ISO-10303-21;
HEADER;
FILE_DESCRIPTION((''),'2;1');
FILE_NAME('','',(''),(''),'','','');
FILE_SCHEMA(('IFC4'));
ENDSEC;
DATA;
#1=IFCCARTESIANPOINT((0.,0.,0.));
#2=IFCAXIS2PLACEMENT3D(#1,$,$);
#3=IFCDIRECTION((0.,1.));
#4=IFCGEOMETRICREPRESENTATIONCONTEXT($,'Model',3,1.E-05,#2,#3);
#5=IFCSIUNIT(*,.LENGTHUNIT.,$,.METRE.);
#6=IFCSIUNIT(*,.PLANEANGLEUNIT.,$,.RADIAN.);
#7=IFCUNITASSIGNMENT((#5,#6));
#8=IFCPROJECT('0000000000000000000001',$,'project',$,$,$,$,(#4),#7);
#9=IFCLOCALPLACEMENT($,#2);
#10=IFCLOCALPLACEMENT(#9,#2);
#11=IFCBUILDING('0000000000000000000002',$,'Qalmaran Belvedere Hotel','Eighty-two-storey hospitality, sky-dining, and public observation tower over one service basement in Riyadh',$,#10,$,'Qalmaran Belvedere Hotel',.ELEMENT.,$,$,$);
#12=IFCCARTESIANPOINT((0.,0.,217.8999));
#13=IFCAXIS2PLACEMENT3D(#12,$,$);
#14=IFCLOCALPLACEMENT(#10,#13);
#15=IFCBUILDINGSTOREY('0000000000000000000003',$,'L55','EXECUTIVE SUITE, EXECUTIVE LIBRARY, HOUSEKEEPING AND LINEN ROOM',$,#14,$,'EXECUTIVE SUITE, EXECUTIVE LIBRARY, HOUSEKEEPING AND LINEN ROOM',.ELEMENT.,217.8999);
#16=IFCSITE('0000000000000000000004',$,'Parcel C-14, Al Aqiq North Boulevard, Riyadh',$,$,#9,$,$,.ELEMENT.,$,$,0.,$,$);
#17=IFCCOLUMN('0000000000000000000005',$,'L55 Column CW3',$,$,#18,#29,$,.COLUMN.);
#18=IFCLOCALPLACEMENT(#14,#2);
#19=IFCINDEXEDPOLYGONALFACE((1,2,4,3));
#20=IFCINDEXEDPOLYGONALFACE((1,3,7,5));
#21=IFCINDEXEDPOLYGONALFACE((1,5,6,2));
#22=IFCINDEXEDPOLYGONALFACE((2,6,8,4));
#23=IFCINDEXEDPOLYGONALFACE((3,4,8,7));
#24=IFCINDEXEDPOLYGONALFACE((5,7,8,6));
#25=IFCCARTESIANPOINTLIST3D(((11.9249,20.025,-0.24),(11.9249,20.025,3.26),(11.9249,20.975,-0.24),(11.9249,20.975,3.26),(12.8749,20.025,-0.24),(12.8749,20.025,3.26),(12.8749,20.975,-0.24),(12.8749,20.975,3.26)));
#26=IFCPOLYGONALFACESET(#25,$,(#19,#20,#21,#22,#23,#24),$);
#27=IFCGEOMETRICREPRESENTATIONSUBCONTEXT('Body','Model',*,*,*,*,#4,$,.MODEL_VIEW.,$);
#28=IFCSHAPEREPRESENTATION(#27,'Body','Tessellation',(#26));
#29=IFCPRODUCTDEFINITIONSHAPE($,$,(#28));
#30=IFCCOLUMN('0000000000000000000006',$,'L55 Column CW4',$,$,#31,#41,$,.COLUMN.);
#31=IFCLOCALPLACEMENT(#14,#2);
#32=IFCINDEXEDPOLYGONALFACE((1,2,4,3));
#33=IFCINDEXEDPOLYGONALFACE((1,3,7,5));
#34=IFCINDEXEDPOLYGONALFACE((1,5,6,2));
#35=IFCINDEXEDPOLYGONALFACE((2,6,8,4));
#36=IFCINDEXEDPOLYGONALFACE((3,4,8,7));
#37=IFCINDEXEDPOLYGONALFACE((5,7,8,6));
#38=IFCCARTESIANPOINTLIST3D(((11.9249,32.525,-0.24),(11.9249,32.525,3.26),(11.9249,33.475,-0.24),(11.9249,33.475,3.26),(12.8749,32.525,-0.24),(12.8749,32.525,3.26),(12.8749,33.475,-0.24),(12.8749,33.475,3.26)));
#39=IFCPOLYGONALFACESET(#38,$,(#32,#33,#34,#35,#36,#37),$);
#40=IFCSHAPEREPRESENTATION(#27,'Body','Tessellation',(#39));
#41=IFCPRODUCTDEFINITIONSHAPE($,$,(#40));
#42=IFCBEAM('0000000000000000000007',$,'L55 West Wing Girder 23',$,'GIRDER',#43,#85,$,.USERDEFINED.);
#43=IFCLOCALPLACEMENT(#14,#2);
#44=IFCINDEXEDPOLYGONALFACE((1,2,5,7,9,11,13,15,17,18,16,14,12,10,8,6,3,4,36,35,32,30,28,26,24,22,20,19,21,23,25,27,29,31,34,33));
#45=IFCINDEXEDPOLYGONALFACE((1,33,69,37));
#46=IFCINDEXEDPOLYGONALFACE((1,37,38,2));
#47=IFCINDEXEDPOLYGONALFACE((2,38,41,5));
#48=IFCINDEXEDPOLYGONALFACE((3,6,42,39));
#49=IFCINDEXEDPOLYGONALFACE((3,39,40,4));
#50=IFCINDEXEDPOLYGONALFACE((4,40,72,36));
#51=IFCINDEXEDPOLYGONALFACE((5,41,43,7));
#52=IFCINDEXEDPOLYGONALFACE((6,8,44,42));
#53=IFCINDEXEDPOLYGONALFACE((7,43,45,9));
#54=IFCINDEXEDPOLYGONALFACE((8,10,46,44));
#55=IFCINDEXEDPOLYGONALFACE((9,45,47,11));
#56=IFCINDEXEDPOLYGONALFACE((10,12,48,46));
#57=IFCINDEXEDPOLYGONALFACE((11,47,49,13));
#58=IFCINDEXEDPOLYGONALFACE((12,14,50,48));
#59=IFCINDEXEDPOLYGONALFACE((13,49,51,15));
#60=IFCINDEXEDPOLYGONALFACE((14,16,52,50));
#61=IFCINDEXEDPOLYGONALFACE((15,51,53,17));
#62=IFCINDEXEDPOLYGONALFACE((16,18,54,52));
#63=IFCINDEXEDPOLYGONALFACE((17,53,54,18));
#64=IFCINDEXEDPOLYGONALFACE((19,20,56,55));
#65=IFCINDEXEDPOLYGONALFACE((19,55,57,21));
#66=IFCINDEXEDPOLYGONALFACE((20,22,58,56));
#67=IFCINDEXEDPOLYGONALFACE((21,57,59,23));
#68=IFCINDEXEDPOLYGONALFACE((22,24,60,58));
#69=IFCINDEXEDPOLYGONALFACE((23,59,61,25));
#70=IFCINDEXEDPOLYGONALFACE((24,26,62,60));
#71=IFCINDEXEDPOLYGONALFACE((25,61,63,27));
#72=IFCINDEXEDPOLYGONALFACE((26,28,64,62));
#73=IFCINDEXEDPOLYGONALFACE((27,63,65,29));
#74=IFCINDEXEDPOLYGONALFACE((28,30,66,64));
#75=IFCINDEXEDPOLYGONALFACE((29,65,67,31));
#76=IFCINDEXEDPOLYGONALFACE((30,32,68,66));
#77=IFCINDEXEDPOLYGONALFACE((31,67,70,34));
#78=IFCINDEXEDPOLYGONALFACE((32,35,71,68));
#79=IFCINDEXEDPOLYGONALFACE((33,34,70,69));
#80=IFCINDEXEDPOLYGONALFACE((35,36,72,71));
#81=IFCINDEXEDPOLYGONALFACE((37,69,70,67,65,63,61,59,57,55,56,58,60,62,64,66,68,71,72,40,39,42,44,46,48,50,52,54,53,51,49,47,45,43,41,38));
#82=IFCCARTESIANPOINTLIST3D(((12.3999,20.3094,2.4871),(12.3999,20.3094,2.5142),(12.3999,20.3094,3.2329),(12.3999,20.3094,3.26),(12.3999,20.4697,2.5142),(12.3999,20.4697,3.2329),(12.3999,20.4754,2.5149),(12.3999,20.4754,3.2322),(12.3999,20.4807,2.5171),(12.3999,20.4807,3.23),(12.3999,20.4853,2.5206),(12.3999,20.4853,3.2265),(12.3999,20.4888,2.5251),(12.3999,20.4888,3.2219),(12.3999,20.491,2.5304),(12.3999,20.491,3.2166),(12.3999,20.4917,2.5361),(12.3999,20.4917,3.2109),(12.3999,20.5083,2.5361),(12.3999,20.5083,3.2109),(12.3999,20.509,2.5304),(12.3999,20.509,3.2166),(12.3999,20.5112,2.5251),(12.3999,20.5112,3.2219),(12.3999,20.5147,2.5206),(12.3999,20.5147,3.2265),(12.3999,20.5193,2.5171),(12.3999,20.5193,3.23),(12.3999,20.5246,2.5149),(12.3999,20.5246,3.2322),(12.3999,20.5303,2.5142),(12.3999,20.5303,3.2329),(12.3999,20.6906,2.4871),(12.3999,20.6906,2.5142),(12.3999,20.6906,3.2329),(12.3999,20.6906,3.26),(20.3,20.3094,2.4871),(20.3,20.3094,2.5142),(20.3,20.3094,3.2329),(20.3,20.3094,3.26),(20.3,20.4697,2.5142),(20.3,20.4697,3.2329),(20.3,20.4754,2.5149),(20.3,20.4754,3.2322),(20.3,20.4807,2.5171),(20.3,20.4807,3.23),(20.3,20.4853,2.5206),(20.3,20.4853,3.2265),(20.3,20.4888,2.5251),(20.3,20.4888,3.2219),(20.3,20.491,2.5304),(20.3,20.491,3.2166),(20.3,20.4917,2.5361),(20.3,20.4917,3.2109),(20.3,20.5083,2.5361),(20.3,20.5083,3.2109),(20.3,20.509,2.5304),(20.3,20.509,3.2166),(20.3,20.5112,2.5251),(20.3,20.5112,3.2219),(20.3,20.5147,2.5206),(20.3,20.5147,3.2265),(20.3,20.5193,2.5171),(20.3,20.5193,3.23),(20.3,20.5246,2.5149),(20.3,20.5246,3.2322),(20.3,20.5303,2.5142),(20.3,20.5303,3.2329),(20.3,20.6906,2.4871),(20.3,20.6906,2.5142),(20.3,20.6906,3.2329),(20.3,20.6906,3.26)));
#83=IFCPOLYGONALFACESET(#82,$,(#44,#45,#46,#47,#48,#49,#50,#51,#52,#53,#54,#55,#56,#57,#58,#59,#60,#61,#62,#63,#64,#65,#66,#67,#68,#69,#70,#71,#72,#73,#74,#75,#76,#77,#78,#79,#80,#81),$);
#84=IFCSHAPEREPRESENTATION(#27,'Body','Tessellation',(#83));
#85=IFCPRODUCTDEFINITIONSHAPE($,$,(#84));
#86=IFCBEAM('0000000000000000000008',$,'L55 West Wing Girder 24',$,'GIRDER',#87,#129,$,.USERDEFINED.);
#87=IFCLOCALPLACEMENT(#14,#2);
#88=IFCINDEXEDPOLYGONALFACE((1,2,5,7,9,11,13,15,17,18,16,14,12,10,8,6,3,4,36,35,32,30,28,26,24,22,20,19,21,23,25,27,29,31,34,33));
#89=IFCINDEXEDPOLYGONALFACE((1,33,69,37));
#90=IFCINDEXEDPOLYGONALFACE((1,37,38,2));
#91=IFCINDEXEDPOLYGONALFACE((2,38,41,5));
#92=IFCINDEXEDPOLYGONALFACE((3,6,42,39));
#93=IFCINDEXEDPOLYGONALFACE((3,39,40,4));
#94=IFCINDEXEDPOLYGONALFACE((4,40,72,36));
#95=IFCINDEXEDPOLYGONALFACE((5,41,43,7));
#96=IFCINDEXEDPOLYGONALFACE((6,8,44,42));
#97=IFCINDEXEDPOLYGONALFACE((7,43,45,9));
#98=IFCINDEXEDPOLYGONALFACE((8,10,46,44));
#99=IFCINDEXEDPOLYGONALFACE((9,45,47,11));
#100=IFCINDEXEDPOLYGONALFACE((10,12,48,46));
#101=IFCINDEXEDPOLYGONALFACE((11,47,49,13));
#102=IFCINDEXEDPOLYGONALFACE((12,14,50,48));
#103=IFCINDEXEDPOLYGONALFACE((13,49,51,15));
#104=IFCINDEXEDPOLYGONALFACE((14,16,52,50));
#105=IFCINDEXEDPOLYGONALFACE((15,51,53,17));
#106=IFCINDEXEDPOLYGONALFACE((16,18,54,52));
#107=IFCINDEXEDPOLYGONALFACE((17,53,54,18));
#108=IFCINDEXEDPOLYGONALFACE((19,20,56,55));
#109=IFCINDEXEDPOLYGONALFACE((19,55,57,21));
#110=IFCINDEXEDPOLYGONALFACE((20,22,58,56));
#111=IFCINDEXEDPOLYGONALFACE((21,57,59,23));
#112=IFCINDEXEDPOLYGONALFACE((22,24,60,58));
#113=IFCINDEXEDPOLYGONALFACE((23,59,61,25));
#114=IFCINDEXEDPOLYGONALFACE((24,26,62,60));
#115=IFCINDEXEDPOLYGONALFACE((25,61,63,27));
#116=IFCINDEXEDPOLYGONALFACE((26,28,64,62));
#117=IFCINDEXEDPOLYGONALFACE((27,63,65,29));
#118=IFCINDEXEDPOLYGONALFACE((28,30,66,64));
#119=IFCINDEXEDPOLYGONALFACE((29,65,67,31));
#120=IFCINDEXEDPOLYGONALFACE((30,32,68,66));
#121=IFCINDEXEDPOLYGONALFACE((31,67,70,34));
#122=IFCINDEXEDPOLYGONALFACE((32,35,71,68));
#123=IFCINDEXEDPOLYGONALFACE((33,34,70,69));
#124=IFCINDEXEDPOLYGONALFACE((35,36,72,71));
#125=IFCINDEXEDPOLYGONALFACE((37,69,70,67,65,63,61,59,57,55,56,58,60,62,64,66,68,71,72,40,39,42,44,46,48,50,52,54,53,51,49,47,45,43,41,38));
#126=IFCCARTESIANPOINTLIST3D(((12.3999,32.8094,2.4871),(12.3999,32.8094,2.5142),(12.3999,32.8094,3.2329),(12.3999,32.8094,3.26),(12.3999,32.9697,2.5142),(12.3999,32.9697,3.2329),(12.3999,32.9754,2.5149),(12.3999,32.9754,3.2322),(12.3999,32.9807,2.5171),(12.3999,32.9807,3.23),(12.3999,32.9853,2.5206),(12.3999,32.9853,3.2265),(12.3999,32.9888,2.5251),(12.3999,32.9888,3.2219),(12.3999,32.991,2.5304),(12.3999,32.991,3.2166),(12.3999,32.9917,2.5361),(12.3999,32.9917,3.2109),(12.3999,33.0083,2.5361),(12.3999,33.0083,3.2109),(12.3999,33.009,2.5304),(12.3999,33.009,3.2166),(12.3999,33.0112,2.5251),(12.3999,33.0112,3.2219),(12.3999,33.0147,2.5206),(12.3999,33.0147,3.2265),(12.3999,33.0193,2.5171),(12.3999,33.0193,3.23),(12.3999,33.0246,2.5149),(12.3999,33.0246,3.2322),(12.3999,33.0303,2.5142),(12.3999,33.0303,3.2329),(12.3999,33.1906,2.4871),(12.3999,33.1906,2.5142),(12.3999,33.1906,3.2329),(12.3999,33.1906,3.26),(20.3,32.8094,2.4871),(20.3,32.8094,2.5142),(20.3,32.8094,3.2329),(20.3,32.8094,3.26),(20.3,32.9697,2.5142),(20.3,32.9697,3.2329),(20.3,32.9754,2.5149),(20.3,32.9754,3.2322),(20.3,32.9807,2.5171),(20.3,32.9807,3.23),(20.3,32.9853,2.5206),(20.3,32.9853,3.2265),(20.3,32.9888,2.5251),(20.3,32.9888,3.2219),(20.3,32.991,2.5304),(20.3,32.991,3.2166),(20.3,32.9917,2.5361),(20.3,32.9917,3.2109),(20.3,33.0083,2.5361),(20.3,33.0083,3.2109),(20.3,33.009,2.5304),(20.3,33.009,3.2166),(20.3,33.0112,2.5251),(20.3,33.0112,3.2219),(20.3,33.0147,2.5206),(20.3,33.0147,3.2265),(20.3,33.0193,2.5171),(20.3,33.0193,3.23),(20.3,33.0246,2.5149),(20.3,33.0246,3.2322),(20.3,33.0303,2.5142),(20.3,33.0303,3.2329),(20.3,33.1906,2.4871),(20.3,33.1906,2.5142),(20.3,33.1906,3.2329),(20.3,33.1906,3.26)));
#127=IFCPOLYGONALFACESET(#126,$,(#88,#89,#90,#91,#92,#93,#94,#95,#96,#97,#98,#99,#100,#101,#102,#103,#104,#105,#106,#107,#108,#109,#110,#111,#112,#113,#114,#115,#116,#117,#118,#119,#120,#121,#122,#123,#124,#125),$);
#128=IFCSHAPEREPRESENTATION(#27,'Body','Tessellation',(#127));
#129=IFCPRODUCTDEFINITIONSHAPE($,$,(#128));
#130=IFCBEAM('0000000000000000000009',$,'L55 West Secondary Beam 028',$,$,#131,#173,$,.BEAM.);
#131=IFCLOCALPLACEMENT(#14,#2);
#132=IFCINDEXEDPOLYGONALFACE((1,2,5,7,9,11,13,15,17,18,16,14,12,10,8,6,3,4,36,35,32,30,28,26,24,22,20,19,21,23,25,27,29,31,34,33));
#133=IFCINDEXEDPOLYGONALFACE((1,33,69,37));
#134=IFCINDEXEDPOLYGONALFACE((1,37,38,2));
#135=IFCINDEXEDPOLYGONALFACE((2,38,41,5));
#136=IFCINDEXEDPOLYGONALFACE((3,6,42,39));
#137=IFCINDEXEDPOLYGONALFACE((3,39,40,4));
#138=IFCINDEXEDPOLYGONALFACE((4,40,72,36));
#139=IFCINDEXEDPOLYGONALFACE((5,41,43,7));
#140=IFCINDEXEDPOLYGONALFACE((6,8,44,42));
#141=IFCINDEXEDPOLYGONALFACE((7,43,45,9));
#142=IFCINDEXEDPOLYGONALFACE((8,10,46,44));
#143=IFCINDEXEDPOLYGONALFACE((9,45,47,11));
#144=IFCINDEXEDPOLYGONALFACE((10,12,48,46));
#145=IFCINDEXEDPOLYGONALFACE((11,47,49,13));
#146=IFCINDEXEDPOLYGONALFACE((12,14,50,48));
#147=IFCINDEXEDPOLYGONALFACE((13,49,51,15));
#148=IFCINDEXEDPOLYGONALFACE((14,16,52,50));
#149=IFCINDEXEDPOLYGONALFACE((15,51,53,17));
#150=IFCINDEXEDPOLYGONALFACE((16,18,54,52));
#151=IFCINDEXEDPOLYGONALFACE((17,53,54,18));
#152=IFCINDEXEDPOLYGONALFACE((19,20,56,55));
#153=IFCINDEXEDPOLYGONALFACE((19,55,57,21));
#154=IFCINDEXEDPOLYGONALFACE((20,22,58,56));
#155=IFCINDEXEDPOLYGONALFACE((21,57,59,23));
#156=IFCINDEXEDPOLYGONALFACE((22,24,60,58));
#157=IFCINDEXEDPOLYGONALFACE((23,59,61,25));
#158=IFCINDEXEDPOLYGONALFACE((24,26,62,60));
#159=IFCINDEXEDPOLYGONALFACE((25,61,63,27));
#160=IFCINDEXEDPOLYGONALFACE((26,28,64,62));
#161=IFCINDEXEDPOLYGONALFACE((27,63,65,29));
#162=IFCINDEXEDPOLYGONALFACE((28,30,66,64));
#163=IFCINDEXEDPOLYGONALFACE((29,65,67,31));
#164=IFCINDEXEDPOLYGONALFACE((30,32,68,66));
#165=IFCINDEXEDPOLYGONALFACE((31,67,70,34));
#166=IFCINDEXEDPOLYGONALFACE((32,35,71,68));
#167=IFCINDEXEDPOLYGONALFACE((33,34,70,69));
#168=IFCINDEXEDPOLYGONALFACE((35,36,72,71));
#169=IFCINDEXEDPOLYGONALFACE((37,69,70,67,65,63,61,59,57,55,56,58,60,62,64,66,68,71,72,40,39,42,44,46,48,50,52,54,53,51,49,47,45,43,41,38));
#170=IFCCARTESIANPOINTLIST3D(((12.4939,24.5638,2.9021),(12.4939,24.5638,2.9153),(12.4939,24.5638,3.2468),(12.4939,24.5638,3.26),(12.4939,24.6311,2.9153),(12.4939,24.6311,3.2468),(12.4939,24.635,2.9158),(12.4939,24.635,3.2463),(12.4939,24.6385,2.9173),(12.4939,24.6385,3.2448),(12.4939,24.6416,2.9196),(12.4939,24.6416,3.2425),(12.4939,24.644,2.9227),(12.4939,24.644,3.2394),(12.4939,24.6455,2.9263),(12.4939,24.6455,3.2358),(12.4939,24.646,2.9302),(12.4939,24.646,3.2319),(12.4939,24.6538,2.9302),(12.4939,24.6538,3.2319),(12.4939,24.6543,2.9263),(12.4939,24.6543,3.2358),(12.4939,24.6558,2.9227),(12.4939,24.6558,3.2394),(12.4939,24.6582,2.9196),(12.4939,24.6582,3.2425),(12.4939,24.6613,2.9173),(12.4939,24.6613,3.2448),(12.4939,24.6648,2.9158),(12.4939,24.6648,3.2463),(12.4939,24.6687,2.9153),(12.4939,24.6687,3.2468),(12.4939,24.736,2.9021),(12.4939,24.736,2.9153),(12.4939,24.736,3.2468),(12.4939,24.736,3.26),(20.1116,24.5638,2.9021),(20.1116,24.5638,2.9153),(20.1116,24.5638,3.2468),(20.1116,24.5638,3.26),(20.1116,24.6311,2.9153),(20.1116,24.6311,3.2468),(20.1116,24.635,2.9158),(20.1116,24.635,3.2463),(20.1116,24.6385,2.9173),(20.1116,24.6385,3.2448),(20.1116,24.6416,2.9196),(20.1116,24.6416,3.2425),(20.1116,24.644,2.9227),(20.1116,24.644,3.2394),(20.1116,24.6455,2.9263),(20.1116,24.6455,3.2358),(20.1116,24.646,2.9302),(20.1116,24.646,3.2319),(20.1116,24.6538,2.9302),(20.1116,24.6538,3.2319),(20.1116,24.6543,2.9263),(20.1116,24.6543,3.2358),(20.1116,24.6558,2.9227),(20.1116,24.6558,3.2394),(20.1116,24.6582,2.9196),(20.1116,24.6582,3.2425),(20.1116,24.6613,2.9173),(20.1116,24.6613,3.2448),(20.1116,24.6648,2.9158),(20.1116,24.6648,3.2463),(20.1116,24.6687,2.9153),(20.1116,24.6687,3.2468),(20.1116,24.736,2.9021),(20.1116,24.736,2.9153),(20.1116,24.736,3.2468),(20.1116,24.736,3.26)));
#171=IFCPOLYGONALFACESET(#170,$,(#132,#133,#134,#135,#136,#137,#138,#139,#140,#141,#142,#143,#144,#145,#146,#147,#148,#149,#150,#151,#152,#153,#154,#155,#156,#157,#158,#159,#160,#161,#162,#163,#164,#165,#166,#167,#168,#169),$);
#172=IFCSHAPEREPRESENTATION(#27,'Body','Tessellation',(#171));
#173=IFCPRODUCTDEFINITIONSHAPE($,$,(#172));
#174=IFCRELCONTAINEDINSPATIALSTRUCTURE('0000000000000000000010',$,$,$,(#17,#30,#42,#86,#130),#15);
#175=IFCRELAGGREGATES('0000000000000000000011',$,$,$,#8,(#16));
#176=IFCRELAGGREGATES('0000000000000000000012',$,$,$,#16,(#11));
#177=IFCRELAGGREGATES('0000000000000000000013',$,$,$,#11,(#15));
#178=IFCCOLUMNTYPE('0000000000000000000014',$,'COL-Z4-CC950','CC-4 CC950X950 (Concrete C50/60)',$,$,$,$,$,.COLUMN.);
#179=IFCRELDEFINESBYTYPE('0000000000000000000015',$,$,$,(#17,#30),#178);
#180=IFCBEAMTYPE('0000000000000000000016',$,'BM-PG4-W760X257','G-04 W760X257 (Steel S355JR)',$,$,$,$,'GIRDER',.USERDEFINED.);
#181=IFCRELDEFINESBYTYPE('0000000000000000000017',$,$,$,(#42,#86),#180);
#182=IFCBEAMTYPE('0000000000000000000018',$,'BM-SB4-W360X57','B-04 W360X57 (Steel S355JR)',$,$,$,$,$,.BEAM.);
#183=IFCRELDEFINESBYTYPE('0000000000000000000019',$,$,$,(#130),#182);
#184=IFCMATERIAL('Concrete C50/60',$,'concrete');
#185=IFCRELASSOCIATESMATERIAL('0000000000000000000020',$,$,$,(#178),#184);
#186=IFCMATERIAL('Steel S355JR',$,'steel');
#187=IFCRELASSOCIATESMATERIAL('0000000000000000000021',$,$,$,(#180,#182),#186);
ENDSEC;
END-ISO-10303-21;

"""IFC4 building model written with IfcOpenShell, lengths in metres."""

from ifc_helpers import new_model, si_unit, direction, frame, origin, origin_2d, place, context, subcontext, project, spatial, rectangle, i_section, extrude, material, material_profile, profile_set, type_object, element, save


model = new_model("IFC4")

# Units and contexts
model_context = context("Model", 3, precision=1e-05, world=origin(), true_north=direction((0.0, 1.0)))
body_context = subcontext(model_context, "Body", "Model", "MODEL_VIEW")
ifc_project = project(units=[si_unit("LENGTHUNIT", "METRE"), si_unit("PLANEANGLEUNIT", "RADIAN")], contexts=[model_context])

# Site, building, storey
site_placement = place(None, origin())
site = spatial("IfcSite", under=ifc_project, at=site_placement, Name="Parcel C-14, Al Aqiq North Boulevard, Riyadh", CompositionType="ELEMENT", RefElevation=0.0)
building_placement = place(site_placement, origin())
building = spatial("IfcBuilding", under=site, at=building_placement, Name="Qalmaran Belvedere Hotel", Description="Eighty-two-storey hospitality, sky-dining, and public observation tower over one service basement in Riyadh", LongName="Qalmaran Belvedere Hotel", CompositionType="ELEMENT")
storey_placement = place(building_placement, frame((0.0, 0.0, 217.8999)))
storey = spatial("IfcBuildingStorey", under=building, at=storey_placement, Name="L55", Description="EXECUTIVE SUITE, EXECUTIVE LIBRARY, HOUSEKEEPING AND LINEN ROOM", LongName="EXECUTIVE SUITE, EXECUTIVE LIBRARY, HOUSEKEEPING AND LINEN ROOM", CompositionType="ELEMENT", Elevation=217.8999)

# Columns
ifc_material_1 = material(Name="Concrete C50/60", Category="concrete")
ifc_material_profile_1 = material_profile(ifc_material_1, rectangle(XDim=0.95, YDim=0.95, at=origin_2d()), Name="CC950X950")
ifc_profile_set_1 = profile_set([ifc_material_profile_1], Name="Concrete C50/60")
column_type = type_object("IfcColumnType", Name="COL-Z4-CC950", Description="CC-4 CC950X950 (Concrete C50/60)", PredefinedType="COLUMN", material=ifc_profile_set_1)
for number, where, z_axis, x_axis, name in (
    (1, (12.3999, 20.5, -0.24), (0.0, 0.0, 1.0), (1.0, 0.0, 0.0), "L55 Column CW3"),
    (2, (12.3999, 33.0, -0.24), (0.0, 0.0, 1.0), (1.0, 0.0, 0.0), "L55 Column CW4"),
):
    element("IfcColumn", number, at=place(storey_placement, frame(where, z_axis=z_axis, x_axis=x_axis)), inside=storey, type_object=column_type, Name=name, PredefinedType="COLUMN", context=body_context, shape_type="SweptSolid", body=[
        extrude(rectangle(XDim=0.95, YDim=0.95, at=origin_2d()), origin(), (0.0, 0.0, 1.0), 3.5),
    ])

# Beams
ifc_material_2 = material(Name="Steel S355JR", Category="steel")
ifc_material_profile_2 = material_profile(ifc_material_2, i_section(OverallWidth=0.3811, OverallDepth=0.7729, WebThickness=0.0166, FlangeThickness=0.0271, FilletRadius=0.022, at=origin_2d()), Name="W760X257")
ifc_profile_set_2 = profile_set([ifc_material_profile_2], Name="Steel S355JR")
beam_type_1 = type_object("IfcBeamType", Name="BM-PG4-W760X257", Description="G-04 W760X257 (Steel S355JR)", ElementType="GIRDER", PredefinedType="USERDEFINED", material=ifc_profile_set_2)
for number, where, z_axis, x_axis, name in (
    (3, (12.3999, 20.5, 2.8735), (1.0, 0.0, 0.0), (0.0, 1.0, 0.0), "L55 West Wing Girder 23"),
    (4, (12.3999, 33.0, 2.8735), (1.0, 0.0, 0.0), (0.0, 1.0, 0.0), "L55 West Wing Girder 24"),
):
    element("IfcBeam", number, at=place(storey_placement, frame(where, z_axis=z_axis, x_axis=x_axis)), inside=storey, type_object=beam_type_1, Name=name, ObjectType="GIRDER", PredefinedType="USERDEFINED", context=body_context, shape_type="SweptSolid", body=[
        extrude(i_section(OverallWidth=0.3811, OverallDepth=0.7729, WebThickness=0.0166, FlangeThickness=0.0271, FilletRadius=0.022, at=origin_2d()), origin(), (0.0, 0.0, 1.0), 7.9001),
    ])
ifc_material_profile_3 = material_profile(ifc_material_2, i_section(OverallWidth=0.1721, OverallDepth=0.3579, WebThickness=0.0078, FlangeThickness=0.0132, FilletRadius=0.0149, at=origin_2d()), Name="W360X57")
ifc_profile_set_3 = profile_set([ifc_material_profile_3], Name="Steel S355JR")
beam_type_2 = type_object("IfcBeamType", Name="BM-SB4-W360X57", Description="B-04 W360X57 (Steel S355JR)", PredefinedType="BEAM", material=ifc_profile_set_3)
for number, where, z_axis, x_axis, name in (
    (5, (12.4939, 24.6499, 3.0811), (1.0, 0.0, 0.0), (0.0, 1.0, 0.0), "L55 West Secondary Beam 028"),
):
    element("IfcBeam", number, at=place(storey_placement, frame(where, z_axis=z_axis, x_axis=x_axis)), inside=storey, type_object=beam_type_2, Name=name, PredefinedType="BEAM", context=body_context, shape_type="SweptSolid", body=[
        extrude(i_section(OverallWidth=0.1721, OverallDepth=0.3579, WebThickness=0.0078, FlangeThickness=0.0132, FilletRadius=0.0149, at=origin_2d()), origin(), (0.0, 0.0, 1.0), 7.6177),
    ])

save(model, "model.ifc")
